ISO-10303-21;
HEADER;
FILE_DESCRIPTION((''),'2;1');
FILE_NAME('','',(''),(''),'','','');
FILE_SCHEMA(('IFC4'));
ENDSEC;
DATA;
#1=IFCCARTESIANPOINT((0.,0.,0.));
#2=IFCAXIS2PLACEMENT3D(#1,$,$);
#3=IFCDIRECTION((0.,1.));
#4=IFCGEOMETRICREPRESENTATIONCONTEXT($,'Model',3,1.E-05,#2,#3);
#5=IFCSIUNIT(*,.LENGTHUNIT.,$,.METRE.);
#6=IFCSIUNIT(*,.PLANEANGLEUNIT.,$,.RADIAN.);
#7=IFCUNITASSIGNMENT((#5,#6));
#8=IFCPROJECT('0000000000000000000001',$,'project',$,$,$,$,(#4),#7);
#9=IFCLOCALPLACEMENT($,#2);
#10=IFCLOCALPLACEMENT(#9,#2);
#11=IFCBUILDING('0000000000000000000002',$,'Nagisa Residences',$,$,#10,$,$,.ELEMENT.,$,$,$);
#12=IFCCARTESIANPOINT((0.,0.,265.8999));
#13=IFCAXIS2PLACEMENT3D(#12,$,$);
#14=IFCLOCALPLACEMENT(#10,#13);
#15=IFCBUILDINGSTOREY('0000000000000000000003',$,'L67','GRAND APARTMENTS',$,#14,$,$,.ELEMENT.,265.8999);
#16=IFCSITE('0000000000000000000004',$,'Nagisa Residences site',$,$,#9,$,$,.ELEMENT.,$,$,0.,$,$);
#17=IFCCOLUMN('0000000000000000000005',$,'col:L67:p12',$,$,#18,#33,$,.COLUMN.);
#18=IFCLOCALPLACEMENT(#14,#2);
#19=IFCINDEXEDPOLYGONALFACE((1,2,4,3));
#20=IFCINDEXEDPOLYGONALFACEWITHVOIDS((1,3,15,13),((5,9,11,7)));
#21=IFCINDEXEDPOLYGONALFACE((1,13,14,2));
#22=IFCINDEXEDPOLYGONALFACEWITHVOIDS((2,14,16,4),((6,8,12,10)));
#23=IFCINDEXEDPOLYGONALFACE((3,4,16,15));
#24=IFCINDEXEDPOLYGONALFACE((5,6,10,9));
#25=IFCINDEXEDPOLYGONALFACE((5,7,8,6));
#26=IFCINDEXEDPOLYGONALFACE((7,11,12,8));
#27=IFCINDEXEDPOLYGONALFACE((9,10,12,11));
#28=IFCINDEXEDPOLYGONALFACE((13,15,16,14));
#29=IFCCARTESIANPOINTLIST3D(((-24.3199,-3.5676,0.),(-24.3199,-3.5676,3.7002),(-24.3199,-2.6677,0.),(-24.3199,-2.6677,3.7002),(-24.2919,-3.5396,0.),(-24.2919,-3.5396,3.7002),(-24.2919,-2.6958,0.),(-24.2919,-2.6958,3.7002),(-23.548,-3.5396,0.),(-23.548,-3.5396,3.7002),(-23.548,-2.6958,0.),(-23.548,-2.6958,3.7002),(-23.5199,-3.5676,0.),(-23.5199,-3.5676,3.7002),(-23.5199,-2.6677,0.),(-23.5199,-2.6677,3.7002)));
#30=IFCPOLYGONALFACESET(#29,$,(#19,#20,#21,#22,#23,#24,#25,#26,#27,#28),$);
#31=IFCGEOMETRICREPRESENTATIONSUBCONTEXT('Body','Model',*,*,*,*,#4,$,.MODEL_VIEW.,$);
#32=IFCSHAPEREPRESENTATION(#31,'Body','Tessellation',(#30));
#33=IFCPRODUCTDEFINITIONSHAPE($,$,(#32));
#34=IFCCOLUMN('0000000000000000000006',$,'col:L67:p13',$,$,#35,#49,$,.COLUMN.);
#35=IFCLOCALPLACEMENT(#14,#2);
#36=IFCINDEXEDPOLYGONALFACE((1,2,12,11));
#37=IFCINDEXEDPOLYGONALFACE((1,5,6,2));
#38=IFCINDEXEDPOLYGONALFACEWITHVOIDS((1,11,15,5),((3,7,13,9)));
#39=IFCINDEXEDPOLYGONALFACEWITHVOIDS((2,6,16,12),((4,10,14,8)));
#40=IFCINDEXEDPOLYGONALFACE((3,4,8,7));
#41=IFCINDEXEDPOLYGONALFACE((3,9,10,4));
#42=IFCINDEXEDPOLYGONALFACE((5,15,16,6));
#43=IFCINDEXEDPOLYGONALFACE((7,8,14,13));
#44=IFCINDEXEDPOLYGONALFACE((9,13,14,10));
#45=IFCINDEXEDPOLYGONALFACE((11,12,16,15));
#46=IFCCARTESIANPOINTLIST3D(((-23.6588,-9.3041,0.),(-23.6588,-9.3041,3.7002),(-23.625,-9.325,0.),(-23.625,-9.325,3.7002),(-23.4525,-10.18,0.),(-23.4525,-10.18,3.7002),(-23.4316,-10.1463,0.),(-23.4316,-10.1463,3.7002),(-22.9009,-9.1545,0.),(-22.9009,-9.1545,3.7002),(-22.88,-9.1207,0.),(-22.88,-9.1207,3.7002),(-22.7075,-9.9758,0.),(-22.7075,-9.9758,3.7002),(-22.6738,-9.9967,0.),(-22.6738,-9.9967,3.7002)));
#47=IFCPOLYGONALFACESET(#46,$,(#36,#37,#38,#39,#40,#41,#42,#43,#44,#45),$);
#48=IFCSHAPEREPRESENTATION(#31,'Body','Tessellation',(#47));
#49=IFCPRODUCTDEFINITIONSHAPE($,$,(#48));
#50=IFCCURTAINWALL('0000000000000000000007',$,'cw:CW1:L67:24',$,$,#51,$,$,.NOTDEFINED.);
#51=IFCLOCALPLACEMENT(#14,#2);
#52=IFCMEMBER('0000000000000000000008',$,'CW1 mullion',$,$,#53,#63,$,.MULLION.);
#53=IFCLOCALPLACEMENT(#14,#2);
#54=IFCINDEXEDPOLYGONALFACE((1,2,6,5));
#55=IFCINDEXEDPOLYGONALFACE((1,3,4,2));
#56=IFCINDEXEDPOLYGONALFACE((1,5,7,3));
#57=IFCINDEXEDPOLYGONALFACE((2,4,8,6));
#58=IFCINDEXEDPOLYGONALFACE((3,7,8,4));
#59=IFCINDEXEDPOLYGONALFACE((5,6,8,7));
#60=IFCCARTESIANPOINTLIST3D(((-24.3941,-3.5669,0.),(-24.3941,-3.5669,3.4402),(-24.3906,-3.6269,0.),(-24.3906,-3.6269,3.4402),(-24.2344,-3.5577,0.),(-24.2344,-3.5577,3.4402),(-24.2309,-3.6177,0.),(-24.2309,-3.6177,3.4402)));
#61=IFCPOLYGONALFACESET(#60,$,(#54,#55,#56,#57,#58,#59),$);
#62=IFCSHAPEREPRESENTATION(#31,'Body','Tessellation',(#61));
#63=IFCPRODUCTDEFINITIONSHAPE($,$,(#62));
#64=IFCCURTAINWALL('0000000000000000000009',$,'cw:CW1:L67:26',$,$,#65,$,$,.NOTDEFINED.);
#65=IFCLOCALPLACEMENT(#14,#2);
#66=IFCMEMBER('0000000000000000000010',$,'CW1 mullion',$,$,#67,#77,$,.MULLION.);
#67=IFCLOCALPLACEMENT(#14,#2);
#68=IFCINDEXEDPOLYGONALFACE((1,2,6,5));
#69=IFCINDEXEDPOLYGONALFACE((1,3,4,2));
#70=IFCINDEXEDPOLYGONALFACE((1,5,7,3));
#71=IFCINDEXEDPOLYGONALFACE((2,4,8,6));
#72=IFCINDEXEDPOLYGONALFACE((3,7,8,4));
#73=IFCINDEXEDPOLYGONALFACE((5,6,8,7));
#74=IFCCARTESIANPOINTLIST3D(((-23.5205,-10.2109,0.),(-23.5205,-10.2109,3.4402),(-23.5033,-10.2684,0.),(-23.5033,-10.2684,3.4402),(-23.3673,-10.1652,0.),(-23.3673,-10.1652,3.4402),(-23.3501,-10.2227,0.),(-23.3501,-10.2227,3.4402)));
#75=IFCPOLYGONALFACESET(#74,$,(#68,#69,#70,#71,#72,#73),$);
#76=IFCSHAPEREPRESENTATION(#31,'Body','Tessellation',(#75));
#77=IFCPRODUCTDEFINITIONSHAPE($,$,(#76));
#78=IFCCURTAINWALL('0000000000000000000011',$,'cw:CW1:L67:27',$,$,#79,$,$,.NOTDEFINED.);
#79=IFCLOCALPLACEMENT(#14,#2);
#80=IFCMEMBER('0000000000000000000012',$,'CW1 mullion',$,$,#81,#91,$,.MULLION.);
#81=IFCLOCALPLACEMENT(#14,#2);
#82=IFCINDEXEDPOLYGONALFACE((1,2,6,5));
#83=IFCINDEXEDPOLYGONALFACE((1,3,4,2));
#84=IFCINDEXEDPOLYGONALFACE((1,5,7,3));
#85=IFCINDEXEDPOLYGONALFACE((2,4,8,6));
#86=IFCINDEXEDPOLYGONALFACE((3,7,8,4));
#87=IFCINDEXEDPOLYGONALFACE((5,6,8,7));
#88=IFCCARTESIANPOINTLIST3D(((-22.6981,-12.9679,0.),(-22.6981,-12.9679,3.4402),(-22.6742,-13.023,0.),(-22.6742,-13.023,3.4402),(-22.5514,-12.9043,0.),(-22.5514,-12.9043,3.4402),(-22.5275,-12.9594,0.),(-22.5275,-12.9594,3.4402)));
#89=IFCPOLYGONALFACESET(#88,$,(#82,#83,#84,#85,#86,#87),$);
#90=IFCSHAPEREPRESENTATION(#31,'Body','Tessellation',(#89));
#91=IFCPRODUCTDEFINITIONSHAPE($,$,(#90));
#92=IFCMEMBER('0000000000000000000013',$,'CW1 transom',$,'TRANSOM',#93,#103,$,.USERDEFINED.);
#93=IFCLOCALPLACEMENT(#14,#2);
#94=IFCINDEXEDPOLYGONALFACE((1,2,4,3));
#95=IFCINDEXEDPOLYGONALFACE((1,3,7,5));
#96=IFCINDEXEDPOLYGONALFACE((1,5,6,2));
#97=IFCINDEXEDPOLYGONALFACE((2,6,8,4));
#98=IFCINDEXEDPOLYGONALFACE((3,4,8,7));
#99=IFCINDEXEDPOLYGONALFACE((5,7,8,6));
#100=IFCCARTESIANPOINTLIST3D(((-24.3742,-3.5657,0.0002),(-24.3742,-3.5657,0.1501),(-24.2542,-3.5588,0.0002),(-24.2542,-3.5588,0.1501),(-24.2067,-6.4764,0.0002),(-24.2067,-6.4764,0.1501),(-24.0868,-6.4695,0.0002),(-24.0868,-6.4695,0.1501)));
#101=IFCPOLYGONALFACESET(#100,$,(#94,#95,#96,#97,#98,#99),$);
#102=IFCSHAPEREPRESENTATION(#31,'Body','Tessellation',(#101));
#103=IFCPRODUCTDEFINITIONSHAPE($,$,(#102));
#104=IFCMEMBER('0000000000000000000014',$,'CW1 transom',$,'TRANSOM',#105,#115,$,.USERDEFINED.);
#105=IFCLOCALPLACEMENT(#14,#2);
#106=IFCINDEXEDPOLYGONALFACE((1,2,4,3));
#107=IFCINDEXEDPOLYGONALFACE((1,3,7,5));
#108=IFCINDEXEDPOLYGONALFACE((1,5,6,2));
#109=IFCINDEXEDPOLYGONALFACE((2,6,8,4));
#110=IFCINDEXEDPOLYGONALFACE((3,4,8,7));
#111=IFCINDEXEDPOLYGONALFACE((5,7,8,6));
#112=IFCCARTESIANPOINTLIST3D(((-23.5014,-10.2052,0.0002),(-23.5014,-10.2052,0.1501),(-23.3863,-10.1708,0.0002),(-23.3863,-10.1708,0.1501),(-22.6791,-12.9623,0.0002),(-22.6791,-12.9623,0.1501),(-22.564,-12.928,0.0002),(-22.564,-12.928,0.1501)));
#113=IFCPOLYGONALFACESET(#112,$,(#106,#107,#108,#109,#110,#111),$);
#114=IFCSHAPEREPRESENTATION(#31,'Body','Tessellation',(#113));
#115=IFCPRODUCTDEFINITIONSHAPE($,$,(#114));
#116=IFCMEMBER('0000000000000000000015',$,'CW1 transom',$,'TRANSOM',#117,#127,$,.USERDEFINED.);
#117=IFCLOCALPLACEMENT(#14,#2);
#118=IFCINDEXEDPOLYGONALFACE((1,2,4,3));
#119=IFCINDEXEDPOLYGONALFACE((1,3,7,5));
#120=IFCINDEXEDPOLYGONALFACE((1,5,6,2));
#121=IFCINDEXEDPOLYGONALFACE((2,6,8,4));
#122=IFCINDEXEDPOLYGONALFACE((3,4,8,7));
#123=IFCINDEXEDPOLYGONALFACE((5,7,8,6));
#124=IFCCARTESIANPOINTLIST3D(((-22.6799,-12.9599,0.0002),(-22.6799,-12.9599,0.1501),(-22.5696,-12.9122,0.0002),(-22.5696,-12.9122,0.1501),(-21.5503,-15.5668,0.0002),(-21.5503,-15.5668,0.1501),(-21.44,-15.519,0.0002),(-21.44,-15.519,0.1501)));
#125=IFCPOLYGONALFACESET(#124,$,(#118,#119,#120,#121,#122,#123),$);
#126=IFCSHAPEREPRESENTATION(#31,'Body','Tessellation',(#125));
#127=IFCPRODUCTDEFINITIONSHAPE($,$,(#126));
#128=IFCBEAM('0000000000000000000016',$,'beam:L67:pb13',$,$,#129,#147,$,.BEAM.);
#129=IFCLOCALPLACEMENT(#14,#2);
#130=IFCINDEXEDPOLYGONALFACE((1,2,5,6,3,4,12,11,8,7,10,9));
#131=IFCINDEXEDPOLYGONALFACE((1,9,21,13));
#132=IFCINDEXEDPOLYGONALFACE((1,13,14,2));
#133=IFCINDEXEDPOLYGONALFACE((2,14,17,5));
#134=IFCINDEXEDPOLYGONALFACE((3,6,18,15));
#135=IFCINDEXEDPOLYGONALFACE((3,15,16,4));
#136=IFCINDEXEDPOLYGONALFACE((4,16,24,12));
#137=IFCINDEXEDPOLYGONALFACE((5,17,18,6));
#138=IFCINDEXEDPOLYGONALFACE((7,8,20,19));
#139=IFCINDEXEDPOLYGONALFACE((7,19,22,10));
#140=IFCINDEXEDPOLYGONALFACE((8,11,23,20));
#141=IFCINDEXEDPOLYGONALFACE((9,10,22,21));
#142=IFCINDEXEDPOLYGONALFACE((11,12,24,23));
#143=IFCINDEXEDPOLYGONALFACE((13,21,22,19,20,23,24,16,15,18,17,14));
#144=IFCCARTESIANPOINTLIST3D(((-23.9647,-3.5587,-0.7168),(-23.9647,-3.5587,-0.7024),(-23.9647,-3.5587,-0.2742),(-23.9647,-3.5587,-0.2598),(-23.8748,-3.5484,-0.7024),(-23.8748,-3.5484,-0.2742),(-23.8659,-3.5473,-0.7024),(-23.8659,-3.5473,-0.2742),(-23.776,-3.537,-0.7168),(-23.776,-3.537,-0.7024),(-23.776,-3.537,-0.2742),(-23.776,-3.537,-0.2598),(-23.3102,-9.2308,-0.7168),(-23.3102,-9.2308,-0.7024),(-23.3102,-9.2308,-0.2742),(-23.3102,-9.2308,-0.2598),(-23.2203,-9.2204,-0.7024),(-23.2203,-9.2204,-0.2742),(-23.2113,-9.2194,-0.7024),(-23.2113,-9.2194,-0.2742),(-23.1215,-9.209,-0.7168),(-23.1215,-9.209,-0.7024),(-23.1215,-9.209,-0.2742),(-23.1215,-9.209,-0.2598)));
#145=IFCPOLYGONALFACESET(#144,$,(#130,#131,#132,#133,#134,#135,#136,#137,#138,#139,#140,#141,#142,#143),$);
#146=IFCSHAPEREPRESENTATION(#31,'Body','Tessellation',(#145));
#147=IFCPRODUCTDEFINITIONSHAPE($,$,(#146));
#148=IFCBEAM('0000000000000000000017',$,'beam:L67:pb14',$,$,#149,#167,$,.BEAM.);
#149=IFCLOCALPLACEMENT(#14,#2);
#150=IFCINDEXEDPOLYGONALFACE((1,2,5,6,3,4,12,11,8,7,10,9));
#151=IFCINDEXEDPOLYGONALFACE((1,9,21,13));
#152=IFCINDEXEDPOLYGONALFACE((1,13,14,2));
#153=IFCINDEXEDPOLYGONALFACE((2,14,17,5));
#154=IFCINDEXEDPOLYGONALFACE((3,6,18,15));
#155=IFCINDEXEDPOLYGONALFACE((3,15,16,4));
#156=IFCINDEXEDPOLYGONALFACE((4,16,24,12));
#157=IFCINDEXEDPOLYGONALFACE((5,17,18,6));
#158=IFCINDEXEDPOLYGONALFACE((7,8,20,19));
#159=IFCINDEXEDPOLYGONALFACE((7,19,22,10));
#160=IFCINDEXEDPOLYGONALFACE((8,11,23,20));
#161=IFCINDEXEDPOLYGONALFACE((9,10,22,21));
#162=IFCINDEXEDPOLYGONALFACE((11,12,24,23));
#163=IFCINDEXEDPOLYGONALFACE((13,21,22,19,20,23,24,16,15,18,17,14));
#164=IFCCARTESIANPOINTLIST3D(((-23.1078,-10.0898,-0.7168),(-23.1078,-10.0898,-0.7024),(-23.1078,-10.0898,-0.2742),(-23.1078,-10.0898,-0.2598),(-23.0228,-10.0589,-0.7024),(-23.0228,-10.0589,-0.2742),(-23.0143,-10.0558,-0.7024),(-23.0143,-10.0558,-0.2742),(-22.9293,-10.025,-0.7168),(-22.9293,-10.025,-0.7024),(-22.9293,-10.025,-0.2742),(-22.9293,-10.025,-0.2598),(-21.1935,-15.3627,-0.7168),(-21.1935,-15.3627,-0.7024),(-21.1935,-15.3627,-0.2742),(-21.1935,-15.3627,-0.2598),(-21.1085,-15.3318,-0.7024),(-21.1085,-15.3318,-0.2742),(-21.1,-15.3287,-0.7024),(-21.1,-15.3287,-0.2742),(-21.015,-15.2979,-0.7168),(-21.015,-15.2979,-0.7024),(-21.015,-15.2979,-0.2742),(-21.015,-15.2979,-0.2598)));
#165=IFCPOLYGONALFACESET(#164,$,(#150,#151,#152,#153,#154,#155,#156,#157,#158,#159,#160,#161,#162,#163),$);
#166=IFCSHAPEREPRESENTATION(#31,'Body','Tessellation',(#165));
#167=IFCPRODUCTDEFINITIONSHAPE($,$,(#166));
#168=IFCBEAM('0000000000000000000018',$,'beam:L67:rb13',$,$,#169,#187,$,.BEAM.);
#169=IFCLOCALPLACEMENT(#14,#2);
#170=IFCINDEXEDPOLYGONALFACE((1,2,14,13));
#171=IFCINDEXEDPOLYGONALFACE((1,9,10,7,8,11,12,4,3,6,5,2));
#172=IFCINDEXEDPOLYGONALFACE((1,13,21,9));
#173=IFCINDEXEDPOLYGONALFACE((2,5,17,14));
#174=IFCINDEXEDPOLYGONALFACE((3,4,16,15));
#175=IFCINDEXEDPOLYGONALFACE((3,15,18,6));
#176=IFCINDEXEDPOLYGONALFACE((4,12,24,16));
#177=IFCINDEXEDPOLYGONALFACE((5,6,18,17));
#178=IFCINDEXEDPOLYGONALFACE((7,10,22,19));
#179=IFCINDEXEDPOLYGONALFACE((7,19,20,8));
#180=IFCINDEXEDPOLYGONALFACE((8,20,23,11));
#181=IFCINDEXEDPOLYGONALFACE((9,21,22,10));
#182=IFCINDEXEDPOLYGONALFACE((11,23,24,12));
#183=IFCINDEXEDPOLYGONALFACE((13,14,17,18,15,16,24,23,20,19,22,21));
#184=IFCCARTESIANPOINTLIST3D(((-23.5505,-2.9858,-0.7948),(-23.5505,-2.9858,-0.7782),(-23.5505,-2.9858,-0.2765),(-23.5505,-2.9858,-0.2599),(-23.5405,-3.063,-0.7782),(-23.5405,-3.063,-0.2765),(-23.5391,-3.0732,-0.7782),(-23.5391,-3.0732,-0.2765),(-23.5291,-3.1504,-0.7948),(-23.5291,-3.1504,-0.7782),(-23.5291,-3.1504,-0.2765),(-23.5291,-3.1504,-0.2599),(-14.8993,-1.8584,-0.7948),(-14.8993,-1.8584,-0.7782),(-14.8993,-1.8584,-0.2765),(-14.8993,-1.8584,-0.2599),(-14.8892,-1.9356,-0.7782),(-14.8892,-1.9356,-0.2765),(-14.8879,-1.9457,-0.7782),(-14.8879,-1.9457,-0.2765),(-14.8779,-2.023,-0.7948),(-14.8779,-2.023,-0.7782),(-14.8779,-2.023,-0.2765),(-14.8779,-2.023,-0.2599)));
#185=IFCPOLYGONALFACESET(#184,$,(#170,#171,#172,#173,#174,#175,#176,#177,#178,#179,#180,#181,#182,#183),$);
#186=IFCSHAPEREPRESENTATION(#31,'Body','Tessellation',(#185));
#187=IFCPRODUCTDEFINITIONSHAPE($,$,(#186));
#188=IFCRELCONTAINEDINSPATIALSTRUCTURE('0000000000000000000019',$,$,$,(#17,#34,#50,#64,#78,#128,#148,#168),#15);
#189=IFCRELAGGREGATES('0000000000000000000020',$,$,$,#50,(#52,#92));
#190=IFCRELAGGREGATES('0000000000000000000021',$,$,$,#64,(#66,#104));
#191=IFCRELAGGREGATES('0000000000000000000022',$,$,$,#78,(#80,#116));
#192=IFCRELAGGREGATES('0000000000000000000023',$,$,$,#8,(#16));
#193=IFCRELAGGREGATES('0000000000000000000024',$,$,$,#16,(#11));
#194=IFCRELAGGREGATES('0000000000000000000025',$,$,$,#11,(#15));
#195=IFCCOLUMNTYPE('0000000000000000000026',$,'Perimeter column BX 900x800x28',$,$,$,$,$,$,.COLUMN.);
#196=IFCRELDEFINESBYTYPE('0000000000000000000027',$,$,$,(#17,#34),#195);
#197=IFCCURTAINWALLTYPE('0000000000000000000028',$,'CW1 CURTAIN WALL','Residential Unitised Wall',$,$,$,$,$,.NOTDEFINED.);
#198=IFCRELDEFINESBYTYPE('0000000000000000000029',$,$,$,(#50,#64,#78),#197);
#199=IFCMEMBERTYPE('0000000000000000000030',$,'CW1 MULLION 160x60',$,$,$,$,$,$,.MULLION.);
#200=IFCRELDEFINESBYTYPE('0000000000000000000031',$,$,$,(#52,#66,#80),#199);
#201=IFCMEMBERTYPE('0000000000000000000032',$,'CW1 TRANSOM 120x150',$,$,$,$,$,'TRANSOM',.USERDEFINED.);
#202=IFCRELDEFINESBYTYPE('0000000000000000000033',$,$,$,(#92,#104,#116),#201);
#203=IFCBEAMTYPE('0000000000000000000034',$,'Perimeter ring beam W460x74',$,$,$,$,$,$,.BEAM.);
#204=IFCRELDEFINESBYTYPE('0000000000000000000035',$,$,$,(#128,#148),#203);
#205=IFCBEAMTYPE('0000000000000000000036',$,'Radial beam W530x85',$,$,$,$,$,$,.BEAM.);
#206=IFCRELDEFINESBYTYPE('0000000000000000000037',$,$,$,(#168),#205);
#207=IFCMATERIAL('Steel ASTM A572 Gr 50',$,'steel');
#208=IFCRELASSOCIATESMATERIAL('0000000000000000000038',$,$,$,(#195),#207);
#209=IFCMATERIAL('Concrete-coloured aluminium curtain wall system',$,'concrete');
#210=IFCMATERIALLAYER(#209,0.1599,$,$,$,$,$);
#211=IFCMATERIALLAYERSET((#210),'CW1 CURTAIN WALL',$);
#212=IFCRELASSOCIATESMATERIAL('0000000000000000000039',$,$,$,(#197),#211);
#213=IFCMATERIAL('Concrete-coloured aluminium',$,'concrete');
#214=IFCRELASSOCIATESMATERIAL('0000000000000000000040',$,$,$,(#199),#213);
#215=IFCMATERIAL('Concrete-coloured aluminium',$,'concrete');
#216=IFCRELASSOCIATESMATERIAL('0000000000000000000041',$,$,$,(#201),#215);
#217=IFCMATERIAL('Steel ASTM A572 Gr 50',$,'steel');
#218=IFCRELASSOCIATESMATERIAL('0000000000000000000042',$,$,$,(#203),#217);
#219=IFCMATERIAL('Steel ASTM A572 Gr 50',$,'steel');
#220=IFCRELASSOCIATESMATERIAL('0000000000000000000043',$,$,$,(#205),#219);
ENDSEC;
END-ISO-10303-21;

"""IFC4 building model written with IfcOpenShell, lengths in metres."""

from ifc_helpers import new_model, si_unit, direction, frame, origin, origin_2d, place, context, subcontext, project, spatial, rectangle, hollow_rectangle, i_section, extrude, material, layer, layer_set, material_profile, profile_set, type_object, element, aggregate, save


model = new_model("IFC4")

# Units and contexts
model_context = context("Model", 3, precision=1e-05, world=origin(), true_north=direction((0.0, 1.0)))
body_context = subcontext(model_context, "Body", "Model", "MODEL_VIEW")
ifc_project = project(units=[si_unit("LENGTHUNIT", "METRE"), si_unit("PLANEANGLEUNIT", "RADIAN")], contexts=[model_context])

# Site, building, storey
site_placement = place(None, origin())
site = spatial("IfcSite", under=ifc_project, at=site_placement, Name="Nagisa Residences site", CompositionType="ELEMENT", RefElevation=0.0)
building_placement = place(site_placement, origin())
building = spatial("IfcBuilding", under=site, at=building_placement, Name="Nagisa Residences", CompositionType="ELEMENT")
storey_placement = place(building_placement, frame((0.0, 0.0, 265.8999)))
storey = spatial("IfcBuildingStorey", under=building, at=storey_placement, Name="L67", Description="GRAND APARTMENTS", CompositionType="ELEMENT", Elevation=265.8999)

# Columns
ifc_material_1 = material(Name="Steel ASTM A572 Gr 50", Category="steel")
ifc_material_profile_1 = material_profile(ifc_material_1, hollow_rectangle(XDim=0.8999, YDim=0.8, WallThickness=0.0281, at=origin_2d()), Name="BX 900x800x28")
ifc_profile_set_1 = profile_set([ifc_material_profile_1], Name="Steel ASTM A572 Gr 50")
column_type = type_object("IfcColumnType", Name="Perimeter column BX 900x800x28", PredefinedType="COLUMN", material=ifc_profile_set_1)
for number, where, z_axis, x_axis, name in (
    (1, (-23.9199, -3.1177, 0.0), (0.0, 0.0, 1.0), (0.0, -1.0, 0.0), "col:L67:p12"),
    (2, (-23.1663, -9.6504, 0.0), (0.0, 0.0, 1.0), (0.229202, -0.973379, 0.0), "col:L67:p13"),
):
    element("IfcColumn", number, at=place(storey_placement, frame(where, z_axis=z_axis, x_axis=x_axis)), inside=storey, type_object=column_type, Name=name, PredefinedType="COLUMN", context=body_context, shape_type="SweptSolid", body=[
        extrude(hollow_rectangle(XDim=0.8999, YDim=0.8, WallThickness=0.0281, at=origin_2d()), origin(), (0.0, 0.0, 1.0), 3.7002),
    ])

# Curtain walls, members
ifc_material_2 = material(Name="Concrete-coloured aluminium curtain wall system", Category="concrete")
ifc_layer_1 = layer(ifc_material_2, 0.1599)
ifc_layer_set_1 = layer_set([ifc_layer_1], Name="CW1 CURTAIN WALL")
curtain_wall_type = type_object("IfcCurtainWallType", Name="CW1 CURTAIN WALL", Description="Residential Unitised Wall", PredefinedType="NOTDEFINED", material=ifc_layer_set_1)
curtain_wall_1_placement = place(storey_placement, origin())
curtain_wall_1 = element("IfcCurtainWall", 3, at=curtain_wall_1_placement, inside=storey, type_object=curtain_wall_type, Name="cw:CW1:L67:24", PredefinedType="NOTDEFINED")
ifc_material_3 = material(Name="Concrete-coloured aluminium", Category="concrete")
ifc_material_profile_2 = material_profile(ifc_material_3, rectangle(XDim=0.1599, YDim=0.0601, at=origin_2d()), Name="CW1 MULLION 160x60")
ifc_profile_set_2 = profile_set([ifc_material_profile_2], Name="Concrete-coloured aluminium")
member_type_1 = type_object("IfcMemberType", Name="CW1 MULLION 160x60", PredefinedType="MULLION", material=ifc_profile_set_2)
member_1_placement = place(storey_placement, frame((-24.3125, -3.5923, 0.0), z_axis=(0.0, 0.0, 1.0), x_axis=(0.998345, 0.057503, 0.0)))
member_1 = element("IfcMember", 4, at=member_1_placement, type_object=member_type_1, Name="CW1 mullion", PredefinedType="MULLION", context=body_context, shape_type="SweptSolid", body=[
    extrude(rectangle(XDim=0.1599, YDim=0.0601, at=origin_2d()), origin(), (0.0, 0.0, 1.0), 3.4402),
])
curtain_wall_2_placement = place(storey_placement, origin())
curtain_wall_2 = element("IfcCurtainWall", 5, at=curtain_wall_2_placement, inside=storey, type_object=curtain_wall_type, Name="cw:CW1:L67:26", PredefinedType="NOTDEFINED")
member_2_placement = place(storey_placement, frame((-23.4353, -10.2168, 0.0), z_axis=(0.0, 0.0, 1.0), x_axis=(0.958271, 0.28586, 0.0)))
member_2 = element("IfcMember", 6, at=member_2_placement, type_object=member_type_1, Name="CW1 mullion", PredefinedType="MULLION", context=body_context, shape_type="SweptSolid", body=[
    extrude(rectangle(XDim=0.1599, YDim=0.0601, at=origin_2d()), origin(), (0.0, 0.0, 1.0), 3.4402),
])
curtain_wall_3_placement = place(storey_placement, origin())
curtain_wall_3 = element("IfcCurtainWall", 7, at=curtain_wall_3_placement, inside=storey, type_object=curtain_wall_type, Name="cw:CW1:L67:27", PredefinedType="NOTDEFINED")
member_3_placement = place(storey_placement, frame((-22.6128, -12.9636, 0.0), z_axis=(0.0, 0.0, 1.0), x_axis=(0.917543, 0.397636, 0.0)))
member_3 = element("IfcMember", 8, at=member_3_placement, type_object=member_type_1, Name="CW1 mullion", PredefinedType="MULLION", context=body_context, shape_type="SweptSolid", body=[
    extrude(rectangle(XDim=0.1599, YDim=0.0601, at=origin_2d()), origin(), (0.0, 0.0, 1.0), 3.4402),
])

# Members
ifc_material_4 = material(Name="Concrete-coloured aluminium", Category="concrete")
ifc_material_profile_3 = material_profile(ifc_material_4, rectangle(XDim=0.1201, YDim=0.1499, at=origin_2d()), Name="CW1 TRANSOM 120x150")
ifc_profile_set_3 = profile_set([ifc_material_profile_3], Name="Concrete-coloured aluminium")
member_type_2 = type_object("IfcMemberType", Name="CW1 TRANSOM 120x150", ElementType="TRANSOM", PredefinedType="USERDEFINED", material=ifc_profile_set_3)
member_4_placement = place(storey_placement, frame((-24.3142, -3.5623, 0.0752), z_axis=(0.057446, -0.998349, 0.0), x_axis=(0.998349, 0.057446, 0.0)))
member_4 = element("IfcMember", 9, at=member_4_placement, type_object=member_type_2, Name="CW1 transom", ObjectType="TRANSOM", PredefinedType="USERDEFINED", context=body_context, shape_type="SweptSolid", body=[
    extrude(rectangle(XDim=0.1201, YDim=0.1499, at=origin_2d()), origin(), (0.0, 0.0, 1.0), 2.9155),
])
member_5_placement = place(storey_placement, frame((-23.4438, -10.188, 0.0752), z_axis=(0.285798, -0.95829, 0.0), x_axis=(0.95829, 0.285798, 0.0)))
member_5 = element("IfcMember", 10, at=member_5_placement, type_object=member_type_2, Name="CW1 transom", ObjectType="TRANSOM", PredefinedType="USERDEFINED", context=body_context, shape_type="SweptSolid", body=[
    extrude(rectangle(XDim=0.1201, YDim=0.1499, at=origin_2d()), origin(), (0.0, 0.0, 1.0), 2.8772),
])
member_6_placement = place(storey_placement, frame((-22.6248, -12.936, 0.0752), z_axis=(0.397598, -0.91756, 0.0), x_axis=(0.91756, 0.397598, 0.0)))
member_6 = element("IfcMember", 11, at=member_6_placement, type_object=member_type_2, Name="CW1 transom", ObjectType="TRANSOM", PredefinedType="USERDEFINED", context=body_context, shape_type="SweptSolid", body=[
    extrude(rectangle(XDim=0.1201, YDim=0.1499, at=origin_2d()), origin(), (0.0, 0.0, 1.0), 2.8411),
])

# Beams
ifc_material_5 = material(Name="Steel ASTM A572 Gr 50", Category="steel")
ifc_material_profile_4 = material_profile(ifc_material_5, i_section(OverallWidth=0.1899, OverallDepth=0.457, WebThickness=0.009, FlangeThickness=0.0144, at=origin_2d()), Name="W460x74")
ifc_profile_set_4 = profile_set([ifc_material_profile_4], Name="Steel ASTM A572 Gr 50")
beam_type_1 = type_object("IfcBeamType", Name="Perimeter ring beam W460x74", PredefinedType="BEAM", material=ifc_profile_set_4)
beam_1_placement = place(storey_placement, frame((-23.8704, -3.5479, -0.4883), z_axis=(0.114635, -0.993408, 0.0), x_axis=(0.993408, 0.114635, 0.0)))
element("IfcBeam", 12, at=beam_1_placement, inside=storey, type_object=beam_type_1, Name="beam:L67:pb13", PredefinedType="BEAM", context=body_context, shape_type="SweptSolid", body=[
    extrude(i_section(OverallWidth=0.1899, OverallDepth=0.457, WebThickness=0.009, FlangeThickness=0.0144, at=origin_2d()), origin(), (0.0, 0.0, 1.0), 5.7097),
])
beam_2_placement = place(storey_placement, frame((-23.0186, -10.0574, -0.4883), z_axis=(0.34125, -0.939972, 0.0), x_axis=(0.939972, 0.34125, 0.0)))
element("IfcBeam", 13, at=beam_2_placement, inside=storey, type_object=beam_type_1, Name="beam:L67:pb14", PredefinedType="BEAM", context=body_context, shape_type="SweptSolid", body=[
    extrude(i_section(OverallWidth=0.1899, OverallDepth=0.457, WebThickness=0.009, FlangeThickness=0.0144, at=origin_2d()), origin(), (0.0, 0.0, 1.0), 5.6096),
])
ifc_material_6 = material(Name="Steel ASTM A572 Gr 50", Category="steel")
ifc_material_profile_5 = material_profile(ifc_material_6, i_section(OverallWidth=0.166, OverallDepth=0.5349, WebThickness=0.0103, FlangeThickness=0.0166, at=origin_2d()), Name="W530x85")
ifc_profile_set_5 = profile_set([ifc_material_profile_5], Name="Steel ASTM A572 Gr 50")
beam_type_2 = type_object("IfcBeamType", Name="Radial beam W530x85", PredefinedType="BEAM", material=ifc_profile_set_5)
beam_3_placement = place(storey_placement, frame((-23.5398, -3.0681, -0.5273), z_axis=(0.991615, 0.12923, 0.0), x_axis=(-0.12923, 0.991615, 0.0)))
element("IfcBeam", 14, at=beam_3_placement, inside=storey, type_object=beam_type_2, Name="beam:L67:rb13", PredefinedType="BEAM", context=body_context, shape_type="SweptSolid", body=[
    extrude(i_section(OverallWidth=0.166, OverallDepth=0.5349, WebThickness=0.0103, FlangeThickness=0.0166, at=origin_2d()), origin(), (0.0, 0.0, 1.0), 8.7244),
])

aggregate(curtain_wall_1, [member_1, member_4])
aggregate(curtain_wall_2, [member_2, member_5])
aggregate(curtain_wall_3, [member_3, member_6])

save(model, "model.ifc")
